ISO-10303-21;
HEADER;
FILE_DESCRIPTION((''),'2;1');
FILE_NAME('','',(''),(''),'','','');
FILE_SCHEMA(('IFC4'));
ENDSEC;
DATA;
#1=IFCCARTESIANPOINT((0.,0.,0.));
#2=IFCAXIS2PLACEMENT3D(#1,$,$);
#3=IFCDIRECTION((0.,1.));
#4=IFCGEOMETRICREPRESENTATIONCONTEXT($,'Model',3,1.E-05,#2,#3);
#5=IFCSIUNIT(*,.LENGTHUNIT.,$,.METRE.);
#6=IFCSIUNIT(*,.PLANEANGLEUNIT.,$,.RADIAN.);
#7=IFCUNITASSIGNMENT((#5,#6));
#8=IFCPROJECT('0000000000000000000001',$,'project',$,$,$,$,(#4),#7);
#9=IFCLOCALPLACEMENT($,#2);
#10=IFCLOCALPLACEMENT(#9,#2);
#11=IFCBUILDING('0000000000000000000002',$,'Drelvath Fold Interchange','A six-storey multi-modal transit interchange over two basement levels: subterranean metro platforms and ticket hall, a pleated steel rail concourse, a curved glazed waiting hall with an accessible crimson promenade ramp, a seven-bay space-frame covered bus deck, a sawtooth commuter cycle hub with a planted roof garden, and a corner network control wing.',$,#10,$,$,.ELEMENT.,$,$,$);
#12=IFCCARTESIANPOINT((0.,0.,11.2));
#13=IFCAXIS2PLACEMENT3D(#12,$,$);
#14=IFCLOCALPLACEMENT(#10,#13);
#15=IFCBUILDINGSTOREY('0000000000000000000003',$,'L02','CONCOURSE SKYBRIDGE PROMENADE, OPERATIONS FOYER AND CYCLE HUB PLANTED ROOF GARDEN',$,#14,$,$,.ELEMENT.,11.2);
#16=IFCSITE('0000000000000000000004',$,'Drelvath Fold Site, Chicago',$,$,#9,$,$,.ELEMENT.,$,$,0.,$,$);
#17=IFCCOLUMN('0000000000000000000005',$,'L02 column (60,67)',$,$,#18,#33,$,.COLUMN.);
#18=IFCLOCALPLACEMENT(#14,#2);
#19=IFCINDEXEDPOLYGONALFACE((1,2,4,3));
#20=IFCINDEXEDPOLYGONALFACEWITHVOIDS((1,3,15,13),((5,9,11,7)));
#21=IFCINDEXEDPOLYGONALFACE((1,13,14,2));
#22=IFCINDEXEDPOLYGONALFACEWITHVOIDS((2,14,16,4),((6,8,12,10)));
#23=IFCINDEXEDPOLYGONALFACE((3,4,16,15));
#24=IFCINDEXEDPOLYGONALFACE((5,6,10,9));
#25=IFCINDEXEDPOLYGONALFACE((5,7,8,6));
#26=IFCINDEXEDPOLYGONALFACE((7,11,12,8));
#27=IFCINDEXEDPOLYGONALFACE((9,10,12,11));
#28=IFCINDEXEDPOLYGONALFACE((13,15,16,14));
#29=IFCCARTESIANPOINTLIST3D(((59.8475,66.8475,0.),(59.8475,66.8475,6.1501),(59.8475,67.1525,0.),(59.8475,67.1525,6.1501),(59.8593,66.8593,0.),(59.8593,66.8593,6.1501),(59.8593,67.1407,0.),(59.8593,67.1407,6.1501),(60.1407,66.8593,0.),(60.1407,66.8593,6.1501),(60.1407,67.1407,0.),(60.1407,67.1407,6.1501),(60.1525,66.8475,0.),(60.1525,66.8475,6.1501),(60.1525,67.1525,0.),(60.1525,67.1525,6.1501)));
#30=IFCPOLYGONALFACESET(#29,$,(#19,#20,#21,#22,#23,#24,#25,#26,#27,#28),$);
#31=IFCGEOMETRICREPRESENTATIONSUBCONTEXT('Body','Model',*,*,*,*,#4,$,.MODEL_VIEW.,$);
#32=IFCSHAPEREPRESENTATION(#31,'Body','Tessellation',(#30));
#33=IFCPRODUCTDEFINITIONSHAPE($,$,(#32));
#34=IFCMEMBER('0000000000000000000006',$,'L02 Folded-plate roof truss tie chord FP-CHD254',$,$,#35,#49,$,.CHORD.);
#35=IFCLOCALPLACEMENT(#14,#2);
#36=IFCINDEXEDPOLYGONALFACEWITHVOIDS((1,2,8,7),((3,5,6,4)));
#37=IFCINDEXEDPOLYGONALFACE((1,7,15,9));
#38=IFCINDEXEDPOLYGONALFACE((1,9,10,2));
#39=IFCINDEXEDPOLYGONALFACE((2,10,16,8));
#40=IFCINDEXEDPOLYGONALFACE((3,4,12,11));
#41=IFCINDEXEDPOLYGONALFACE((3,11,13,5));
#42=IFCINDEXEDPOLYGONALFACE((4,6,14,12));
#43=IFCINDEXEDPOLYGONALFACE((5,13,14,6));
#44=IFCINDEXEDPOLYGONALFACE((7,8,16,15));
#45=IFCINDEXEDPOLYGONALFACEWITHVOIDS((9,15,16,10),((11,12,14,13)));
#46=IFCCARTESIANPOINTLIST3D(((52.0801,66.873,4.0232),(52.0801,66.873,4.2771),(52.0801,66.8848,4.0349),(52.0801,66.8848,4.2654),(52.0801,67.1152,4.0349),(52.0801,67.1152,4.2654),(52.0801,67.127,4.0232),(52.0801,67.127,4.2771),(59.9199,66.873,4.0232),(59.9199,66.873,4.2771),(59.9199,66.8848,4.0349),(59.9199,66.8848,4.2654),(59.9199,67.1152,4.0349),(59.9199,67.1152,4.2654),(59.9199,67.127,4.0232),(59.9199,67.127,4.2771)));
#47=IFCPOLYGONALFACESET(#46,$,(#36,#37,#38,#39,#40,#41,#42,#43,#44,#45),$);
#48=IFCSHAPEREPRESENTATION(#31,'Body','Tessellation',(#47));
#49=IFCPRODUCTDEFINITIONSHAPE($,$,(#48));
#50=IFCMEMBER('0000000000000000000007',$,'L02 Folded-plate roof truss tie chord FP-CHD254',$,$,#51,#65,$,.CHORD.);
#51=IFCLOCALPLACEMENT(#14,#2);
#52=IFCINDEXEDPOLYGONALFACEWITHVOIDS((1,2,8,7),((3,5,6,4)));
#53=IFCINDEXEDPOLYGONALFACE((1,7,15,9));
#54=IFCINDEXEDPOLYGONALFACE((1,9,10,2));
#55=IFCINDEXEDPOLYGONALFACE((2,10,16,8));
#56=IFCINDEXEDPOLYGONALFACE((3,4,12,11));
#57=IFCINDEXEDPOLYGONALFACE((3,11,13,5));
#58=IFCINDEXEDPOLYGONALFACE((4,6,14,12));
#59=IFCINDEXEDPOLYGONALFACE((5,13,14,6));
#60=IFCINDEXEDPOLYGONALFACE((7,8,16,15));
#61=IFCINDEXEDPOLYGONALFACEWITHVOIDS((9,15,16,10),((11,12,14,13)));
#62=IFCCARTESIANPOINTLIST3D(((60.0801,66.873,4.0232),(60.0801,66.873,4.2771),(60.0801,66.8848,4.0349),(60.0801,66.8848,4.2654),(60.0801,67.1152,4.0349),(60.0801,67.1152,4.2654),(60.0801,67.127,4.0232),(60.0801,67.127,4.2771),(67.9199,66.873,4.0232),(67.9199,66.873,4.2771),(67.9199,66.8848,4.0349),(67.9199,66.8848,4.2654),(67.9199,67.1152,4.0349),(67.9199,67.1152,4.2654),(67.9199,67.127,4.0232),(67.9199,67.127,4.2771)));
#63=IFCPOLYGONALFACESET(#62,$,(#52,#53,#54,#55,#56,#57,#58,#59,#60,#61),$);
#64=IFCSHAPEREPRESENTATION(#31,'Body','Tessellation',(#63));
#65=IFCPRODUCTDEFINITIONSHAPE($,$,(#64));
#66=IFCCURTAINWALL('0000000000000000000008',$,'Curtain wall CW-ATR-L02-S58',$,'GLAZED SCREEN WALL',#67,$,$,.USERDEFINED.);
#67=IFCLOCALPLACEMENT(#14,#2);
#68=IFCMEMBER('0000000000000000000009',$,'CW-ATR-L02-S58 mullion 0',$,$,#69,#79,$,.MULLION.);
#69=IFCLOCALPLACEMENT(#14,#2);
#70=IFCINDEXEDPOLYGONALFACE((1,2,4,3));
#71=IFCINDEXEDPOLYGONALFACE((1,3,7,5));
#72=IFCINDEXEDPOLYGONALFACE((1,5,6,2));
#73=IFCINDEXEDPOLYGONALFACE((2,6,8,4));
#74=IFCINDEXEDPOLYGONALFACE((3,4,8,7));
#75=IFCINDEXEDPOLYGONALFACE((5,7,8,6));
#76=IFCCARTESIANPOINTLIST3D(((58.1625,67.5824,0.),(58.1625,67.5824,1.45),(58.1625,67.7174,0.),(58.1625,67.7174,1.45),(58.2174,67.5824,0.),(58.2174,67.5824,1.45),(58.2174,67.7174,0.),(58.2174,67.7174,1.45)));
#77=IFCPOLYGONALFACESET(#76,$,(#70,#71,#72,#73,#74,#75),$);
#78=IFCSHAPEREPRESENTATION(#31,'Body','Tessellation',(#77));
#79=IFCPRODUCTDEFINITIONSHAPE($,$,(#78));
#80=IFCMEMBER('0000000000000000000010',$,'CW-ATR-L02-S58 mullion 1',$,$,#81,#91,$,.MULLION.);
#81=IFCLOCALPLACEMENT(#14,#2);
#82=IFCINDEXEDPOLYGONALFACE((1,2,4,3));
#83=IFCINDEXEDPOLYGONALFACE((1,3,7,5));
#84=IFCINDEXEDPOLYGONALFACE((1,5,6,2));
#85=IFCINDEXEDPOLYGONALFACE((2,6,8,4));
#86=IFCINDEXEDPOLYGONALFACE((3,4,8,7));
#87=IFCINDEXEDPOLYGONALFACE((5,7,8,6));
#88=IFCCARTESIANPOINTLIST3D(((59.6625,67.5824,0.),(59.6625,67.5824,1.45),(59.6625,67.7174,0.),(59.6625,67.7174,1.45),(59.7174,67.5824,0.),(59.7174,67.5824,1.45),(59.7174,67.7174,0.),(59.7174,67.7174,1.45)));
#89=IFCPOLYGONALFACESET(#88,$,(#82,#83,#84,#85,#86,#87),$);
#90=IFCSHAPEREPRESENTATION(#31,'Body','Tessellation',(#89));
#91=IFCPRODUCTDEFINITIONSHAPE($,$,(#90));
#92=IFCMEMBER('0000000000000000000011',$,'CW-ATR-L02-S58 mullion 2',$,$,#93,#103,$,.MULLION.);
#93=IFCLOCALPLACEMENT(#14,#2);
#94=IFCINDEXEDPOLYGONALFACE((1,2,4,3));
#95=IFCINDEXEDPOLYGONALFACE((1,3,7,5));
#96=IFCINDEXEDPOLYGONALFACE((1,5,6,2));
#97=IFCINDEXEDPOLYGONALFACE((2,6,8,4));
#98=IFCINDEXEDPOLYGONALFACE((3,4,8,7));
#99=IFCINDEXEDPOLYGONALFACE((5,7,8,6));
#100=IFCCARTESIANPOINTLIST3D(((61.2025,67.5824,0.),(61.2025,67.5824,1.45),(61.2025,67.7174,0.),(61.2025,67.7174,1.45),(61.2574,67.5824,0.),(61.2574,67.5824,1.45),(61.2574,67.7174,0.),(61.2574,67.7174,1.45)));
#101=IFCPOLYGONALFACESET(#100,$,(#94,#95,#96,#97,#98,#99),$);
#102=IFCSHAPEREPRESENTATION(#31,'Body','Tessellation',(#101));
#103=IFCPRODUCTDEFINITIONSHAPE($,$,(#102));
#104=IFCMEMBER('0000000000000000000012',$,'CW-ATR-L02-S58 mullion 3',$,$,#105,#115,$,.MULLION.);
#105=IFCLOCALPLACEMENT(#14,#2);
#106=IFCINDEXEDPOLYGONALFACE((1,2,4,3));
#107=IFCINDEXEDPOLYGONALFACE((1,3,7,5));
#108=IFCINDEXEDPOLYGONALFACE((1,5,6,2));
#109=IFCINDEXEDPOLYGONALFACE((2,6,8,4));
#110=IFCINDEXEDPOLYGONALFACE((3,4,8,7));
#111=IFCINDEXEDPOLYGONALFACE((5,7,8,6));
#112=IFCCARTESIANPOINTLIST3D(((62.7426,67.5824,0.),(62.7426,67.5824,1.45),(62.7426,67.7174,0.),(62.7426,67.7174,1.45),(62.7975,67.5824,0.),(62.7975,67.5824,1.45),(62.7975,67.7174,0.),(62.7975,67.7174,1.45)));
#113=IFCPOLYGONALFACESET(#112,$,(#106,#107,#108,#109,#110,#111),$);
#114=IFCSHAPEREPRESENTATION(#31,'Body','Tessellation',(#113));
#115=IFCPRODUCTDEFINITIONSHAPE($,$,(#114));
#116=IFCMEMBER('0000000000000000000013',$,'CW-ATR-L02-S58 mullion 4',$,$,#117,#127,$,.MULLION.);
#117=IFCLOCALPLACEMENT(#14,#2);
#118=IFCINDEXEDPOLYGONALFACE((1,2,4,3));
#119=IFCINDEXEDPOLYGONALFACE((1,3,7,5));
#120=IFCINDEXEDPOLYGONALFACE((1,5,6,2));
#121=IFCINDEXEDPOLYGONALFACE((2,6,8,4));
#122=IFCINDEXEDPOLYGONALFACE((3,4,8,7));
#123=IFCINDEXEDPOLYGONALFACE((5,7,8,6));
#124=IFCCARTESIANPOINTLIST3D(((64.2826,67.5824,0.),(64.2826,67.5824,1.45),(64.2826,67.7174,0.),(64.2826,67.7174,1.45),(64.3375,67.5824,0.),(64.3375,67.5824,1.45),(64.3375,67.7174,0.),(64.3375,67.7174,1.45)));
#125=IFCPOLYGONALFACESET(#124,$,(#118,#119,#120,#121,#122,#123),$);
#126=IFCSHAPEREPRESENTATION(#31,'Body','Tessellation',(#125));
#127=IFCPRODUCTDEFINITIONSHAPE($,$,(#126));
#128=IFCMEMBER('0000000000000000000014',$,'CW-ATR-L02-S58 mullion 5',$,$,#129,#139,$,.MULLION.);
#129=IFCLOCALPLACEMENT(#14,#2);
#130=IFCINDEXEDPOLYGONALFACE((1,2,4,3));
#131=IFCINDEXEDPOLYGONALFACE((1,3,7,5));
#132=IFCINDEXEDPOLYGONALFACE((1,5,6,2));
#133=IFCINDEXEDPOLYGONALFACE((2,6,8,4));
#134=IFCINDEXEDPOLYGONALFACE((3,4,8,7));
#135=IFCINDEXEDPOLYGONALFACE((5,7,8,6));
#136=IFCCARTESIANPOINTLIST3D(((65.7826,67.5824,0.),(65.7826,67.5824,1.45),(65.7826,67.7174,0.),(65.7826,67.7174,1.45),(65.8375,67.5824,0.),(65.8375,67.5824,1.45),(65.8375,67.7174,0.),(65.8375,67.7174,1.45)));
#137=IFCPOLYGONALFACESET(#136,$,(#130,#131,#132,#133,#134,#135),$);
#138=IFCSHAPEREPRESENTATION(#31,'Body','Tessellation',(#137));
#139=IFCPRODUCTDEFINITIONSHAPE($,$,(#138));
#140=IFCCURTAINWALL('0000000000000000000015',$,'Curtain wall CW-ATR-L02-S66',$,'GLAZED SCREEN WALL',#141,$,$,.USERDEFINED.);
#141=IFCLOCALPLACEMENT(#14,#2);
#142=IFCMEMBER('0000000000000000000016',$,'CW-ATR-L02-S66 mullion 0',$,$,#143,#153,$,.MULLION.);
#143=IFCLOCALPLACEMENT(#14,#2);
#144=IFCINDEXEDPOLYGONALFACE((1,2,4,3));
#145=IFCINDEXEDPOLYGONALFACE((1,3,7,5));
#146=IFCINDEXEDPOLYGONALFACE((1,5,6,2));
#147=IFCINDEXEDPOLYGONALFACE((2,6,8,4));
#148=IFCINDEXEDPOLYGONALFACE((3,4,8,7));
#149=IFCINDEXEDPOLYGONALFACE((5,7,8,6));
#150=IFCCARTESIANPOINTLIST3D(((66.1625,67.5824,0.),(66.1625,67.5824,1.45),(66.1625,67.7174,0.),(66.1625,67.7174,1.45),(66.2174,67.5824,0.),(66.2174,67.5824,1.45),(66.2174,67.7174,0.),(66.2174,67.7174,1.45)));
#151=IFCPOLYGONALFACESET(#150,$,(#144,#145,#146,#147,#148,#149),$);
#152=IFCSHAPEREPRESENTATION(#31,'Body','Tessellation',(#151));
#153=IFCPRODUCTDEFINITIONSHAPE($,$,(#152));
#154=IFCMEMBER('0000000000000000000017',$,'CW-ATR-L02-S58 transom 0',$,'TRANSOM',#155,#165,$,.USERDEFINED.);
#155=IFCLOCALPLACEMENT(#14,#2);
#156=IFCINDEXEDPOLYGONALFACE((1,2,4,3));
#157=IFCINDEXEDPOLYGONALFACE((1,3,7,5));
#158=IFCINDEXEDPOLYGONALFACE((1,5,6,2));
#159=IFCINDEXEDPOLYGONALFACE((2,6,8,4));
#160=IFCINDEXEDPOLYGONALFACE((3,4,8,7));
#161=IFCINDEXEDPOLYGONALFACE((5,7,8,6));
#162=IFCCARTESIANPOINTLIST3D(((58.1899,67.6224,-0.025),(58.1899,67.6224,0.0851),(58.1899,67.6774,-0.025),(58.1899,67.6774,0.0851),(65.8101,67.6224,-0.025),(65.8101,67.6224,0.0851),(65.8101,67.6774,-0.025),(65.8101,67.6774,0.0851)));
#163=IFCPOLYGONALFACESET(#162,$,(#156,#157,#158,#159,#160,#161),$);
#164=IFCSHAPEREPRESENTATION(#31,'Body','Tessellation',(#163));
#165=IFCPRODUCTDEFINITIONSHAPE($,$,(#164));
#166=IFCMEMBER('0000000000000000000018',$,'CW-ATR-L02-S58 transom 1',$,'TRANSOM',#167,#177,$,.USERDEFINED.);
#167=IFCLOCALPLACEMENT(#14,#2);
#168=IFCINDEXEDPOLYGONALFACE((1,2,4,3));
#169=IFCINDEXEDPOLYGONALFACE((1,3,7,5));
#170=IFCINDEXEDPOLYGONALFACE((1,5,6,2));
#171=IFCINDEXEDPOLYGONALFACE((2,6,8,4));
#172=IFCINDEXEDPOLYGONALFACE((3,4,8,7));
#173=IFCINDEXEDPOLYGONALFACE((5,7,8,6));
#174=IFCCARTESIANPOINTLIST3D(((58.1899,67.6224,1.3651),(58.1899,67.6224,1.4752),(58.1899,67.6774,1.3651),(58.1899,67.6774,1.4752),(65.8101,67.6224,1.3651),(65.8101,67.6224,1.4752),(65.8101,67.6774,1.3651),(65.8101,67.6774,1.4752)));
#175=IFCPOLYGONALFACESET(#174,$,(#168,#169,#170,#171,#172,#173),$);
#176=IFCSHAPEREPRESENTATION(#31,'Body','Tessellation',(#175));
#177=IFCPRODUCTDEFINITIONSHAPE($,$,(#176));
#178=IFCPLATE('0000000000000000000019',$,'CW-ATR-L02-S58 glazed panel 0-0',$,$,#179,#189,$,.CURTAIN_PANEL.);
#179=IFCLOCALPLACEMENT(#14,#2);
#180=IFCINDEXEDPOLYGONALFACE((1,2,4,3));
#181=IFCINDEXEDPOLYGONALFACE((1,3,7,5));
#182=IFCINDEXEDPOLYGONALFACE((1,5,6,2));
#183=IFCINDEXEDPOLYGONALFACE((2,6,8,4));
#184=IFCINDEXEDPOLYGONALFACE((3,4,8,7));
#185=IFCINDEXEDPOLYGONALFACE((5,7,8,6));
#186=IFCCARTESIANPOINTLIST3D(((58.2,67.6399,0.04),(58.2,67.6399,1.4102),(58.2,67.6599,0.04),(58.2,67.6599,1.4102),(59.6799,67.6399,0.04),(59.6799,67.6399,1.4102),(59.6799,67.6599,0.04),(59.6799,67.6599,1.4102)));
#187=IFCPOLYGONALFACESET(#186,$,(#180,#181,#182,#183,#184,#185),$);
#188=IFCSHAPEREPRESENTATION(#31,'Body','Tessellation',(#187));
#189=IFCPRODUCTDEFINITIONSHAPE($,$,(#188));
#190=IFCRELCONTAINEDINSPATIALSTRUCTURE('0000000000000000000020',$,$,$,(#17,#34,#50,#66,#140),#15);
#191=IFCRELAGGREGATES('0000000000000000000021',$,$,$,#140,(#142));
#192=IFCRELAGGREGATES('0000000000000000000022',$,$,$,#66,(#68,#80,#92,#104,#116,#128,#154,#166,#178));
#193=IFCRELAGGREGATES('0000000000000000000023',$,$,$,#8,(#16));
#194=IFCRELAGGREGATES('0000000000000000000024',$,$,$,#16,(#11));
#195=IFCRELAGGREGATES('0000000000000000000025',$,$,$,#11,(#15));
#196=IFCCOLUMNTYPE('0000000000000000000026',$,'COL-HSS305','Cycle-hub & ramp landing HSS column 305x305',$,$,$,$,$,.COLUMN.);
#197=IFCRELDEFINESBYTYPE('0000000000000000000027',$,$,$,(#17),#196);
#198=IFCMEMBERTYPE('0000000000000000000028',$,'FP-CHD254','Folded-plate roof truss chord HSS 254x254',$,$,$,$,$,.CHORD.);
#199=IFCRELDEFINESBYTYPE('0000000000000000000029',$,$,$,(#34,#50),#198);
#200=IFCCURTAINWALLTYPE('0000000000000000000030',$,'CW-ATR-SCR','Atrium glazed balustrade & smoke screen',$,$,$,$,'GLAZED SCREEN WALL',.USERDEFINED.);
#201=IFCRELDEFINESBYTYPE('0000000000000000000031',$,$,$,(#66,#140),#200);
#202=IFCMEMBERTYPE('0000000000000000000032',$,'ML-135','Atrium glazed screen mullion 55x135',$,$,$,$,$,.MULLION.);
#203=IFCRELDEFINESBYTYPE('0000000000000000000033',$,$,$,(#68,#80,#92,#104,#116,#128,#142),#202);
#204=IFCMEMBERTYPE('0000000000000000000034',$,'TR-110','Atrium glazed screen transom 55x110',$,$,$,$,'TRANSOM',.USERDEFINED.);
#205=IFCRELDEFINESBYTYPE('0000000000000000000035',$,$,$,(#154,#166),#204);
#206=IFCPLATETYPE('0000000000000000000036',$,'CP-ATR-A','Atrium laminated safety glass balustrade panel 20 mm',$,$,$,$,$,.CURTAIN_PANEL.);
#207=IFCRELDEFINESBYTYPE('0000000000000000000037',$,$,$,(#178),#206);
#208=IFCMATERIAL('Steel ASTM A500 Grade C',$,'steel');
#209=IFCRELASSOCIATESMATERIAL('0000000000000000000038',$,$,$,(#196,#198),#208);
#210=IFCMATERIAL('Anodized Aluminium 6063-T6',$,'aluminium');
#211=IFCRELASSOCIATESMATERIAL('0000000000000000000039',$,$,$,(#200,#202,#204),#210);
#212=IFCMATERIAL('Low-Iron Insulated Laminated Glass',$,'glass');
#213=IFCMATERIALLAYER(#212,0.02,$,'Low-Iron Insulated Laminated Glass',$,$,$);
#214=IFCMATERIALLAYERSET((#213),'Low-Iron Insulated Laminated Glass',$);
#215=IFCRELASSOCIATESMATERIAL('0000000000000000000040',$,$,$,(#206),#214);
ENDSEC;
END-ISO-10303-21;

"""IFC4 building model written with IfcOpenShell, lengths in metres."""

from ifc_helpers import new_model, si_unit, direction, frame, origin, origin_2d, place, context, subcontext, project, spatial, rectangle, hollow_rectangle, extrude, material, layer, layer_set, material_profile, profile_set, type_object, element, aggregate, save


model = new_model("IFC4")

# Units and contexts
model_context = context("Model", 3, precision=1e-05, world=origin(), true_north=direction((0.0, 1.0)))
body_context = subcontext(model_context, "Body", "Model", "MODEL_VIEW")
ifc_project = project(units=[si_unit("LENGTHUNIT", "METRE"), si_unit("PLANEANGLEUNIT", "RADIAN")], contexts=[model_context])

# Site, building, storey
site_placement = place(None, origin())
site = spatial("IfcSite", under=ifc_project, at=site_placement, Name="Drelvath Fold Site, Chicago", CompositionType="ELEMENT", RefElevation=0.0)
building_placement = place(site_placement, origin())
building = spatial("IfcBuilding", under=site, at=building_placement, Name="Drelvath Fold Interchange", Description="A six-storey multi-modal transit interchange over two basement levels: subterranean metro platforms and ticket hall, a pleated steel rail concourse, a curved glazed waiting hall with an accessible crimson promenade ramp, a seven-bay space-frame covered bus deck, a sawtooth commuter cycle hub with a planted roof garden, and a corner network control wing.", CompositionType="ELEMENT")
storey_placement = place(building_placement, frame((0.0, 0.0, 11.2)))
storey = spatial("IfcBuildingStorey", under=building, at=storey_placement, Name="L02", Description="CONCOURSE SKYBRIDGE PROMENADE, OPERATIONS FOYER AND CYCLE HUB PLANTED ROOF GARDEN", CompositionType="ELEMENT", Elevation=11.2)

# Column
ifc_material_1 = material(Name="Steel ASTM A500 Grade C", Category="steel")
ifc_material_profile_1 = material_profile(ifc_material_1, hollow_rectangle(XDim=0.3049, YDim=0.3049, WallThickness=0.0117, at=origin_2d()), Name="HSS12X12X1/2")
ifc_profile_set_1 = profile_set([ifc_material_profile_1], Name="Steel ASTM A500 Grade C")
column_type = type_object("IfcColumnType", Name="COL-HSS305", Description="Cycle-hub & ramp landing HSS column 305x305", PredefinedType="COLUMN", material=ifc_profile_set_1)
column_placement = place(storey_placement, frame((60.0, 67.0, 0.0), z_axis=(0.0, 0.0, 1.0), x_axis=(1.0, 0.0, 0.0)))
element("IfcColumn", 1, at=column_placement, inside=storey, type_object=column_type, Name="L02 column (60,67)", PredefinedType="COLUMN", context=body_context, shape_type="SweptSolid", body=[
    extrude(hollow_rectangle(XDim=0.3049, YDim=0.3049, WallThickness=0.0117, at=origin_2d()), origin(), (0.0, 0.0, 1.0), 6.1501),
])

# Members
ifc_material_profile_2 = material_profile(ifc_material_1, hollow_rectangle(XDim=0.2539, YDim=0.2539, WallThickness=0.0117, at=origin_2d()), Name="HSS10X10X1/2")
ifc_profile_set_2 = profile_set([ifc_material_profile_2], Name="Steel ASTM A500 Grade C")
member_type_1 = type_object("IfcMemberType", Name="FP-CHD254", Description="Folded-plate roof truss chord HSS 254x254", PredefinedType="CHORD", material=ifc_profile_set_2)
for number, where, z_axis, x_axis, name in (
    (2, (52.0801, 67.0, 4.1501), (1.0, 0.0, 0.0), (0.0, 1.0, 0.0), "L02 Folded-plate roof truss tie chord FP-CHD254"),
    (3, (60.0801, 67.0, 4.1501), (1.0, 0.0, 0.0), (0.0, 1.0, 0.0), "L02 Folded-plate roof truss tie chord FP-CHD254"),
):
    element("IfcMember", number, at=place(storey_placement, frame(where, z_axis=z_axis, x_axis=x_axis)), inside=storey, type_object=member_type_1, Name=name, PredefinedType="CHORD", context=body_context, shape_type="SweptSolid", body=[
        extrude(hollow_rectangle(XDim=0.2539, YDim=0.2539, WallThickness=0.0117, at=origin_2d()), origin(), (0.0, 0.0, 1.0), 7.8398),
    ])

# Curtain wall, members
ifc_material_2 = material(Name="Anodized Aluminium 6063-T6", Category="aluminium")
curtain_wall_type = type_object("IfcCurtainWallType", Name="CW-ATR-SCR", Description="Atrium glazed balustrade & smoke screen", ElementType="GLAZED SCREEN WALL", PredefinedType="USERDEFINED", material=ifc_material_2)
curtain_wall_1_placement = place(storey_placement, origin())
curtain_wall_1 = element("IfcCurtainWall", 4, at=curtain_wall_1_placement, inside=storey, type_object=curtain_wall_type, Name="Curtain wall CW-ATR-L02-S58", ObjectType="GLAZED SCREEN WALL", PredefinedType="USERDEFINED")
ifc_material_profile_3 = material_profile(ifc_material_2, rectangle(XDim=0.0549, YDim=0.135, at=origin_2d()), Name="AL-M 55x135")
ifc_profile_set_3 = profile_set([ifc_material_profile_3], Name="Anodized Aluminium 6063-T6")
member_type_2 = type_object("IfcMemberType", Name="ML-135", Description="Atrium glazed screen mullion 55x135", PredefinedType="MULLION", material=ifc_profile_set_3)
member_1_placement = place(storey_placement, frame((58.1899, 67.6499, 0.0), z_axis=(0.0, 0.0, 1.0), x_axis=(1.0, 0.0, 0.0)))
member_1 = element("IfcMember", 5, at=member_1_placement, type_object=member_type_2, Name="CW-ATR-L02-S58 mullion 0", PredefinedType="MULLION", context=body_context, shape_type="SweptSolid", body=[
    extrude(rectangle(XDim=0.0549, YDim=0.135, at=origin_2d()), origin(), (0.0, 0.0, 1.0), 1.45),
])
member_2_placement = place(storey_placement, frame((59.6899, 67.6499, 0.0), z_axis=(0.0, 0.0, 1.0), x_axis=(1.0, 0.0, 0.0)))
member_2 = element("IfcMember", 6, at=member_2_placement, type_object=member_type_2, Name="CW-ATR-L02-S58 mullion 1", PredefinedType="MULLION", context=body_context, shape_type="SweptSolid", body=[
    extrude(rectangle(XDim=0.0549, YDim=0.135, at=origin_2d()), origin(), (0.0, 0.0, 1.0), 1.45),
])
member_3_placement = place(storey_placement, frame((61.23, 67.6499, 0.0), z_axis=(0.0, 0.0, 1.0), x_axis=(1.0, 0.0, 0.0)))
member_3 = element("IfcMember", 7, at=member_3_placement, type_object=member_type_2, Name="CW-ATR-L02-S58 mullion 2", PredefinedType="MULLION", context=body_context, shape_type="SweptSolid", body=[
    extrude(rectangle(XDim=0.0549, YDim=0.135, at=origin_2d()), origin(), (0.0, 0.0, 1.0), 1.45),
])
member_4_placement = place(storey_placement, frame((62.77, 67.6499, 0.0), z_axis=(0.0, 0.0, 1.0), x_axis=(1.0, 0.0, 0.0)))
member_4 = element("IfcMember", 8, at=member_4_placement, type_object=member_type_2, Name="CW-ATR-L02-S58 mullion 3", PredefinedType="MULLION", context=body_context, shape_type="SweptSolid", body=[
    extrude(rectangle(XDim=0.0549, YDim=0.135, at=origin_2d()), origin(), (0.0, 0.0, 1.0), 1.45),
])
member_5_placement = place(storey_placement, frame((64.3101, 67.6499, 0.0), z_axis=(0.0, 0.0, 1.0), x_axis=(1.0, 0.0, 0.0)))
member_5 = element("IfcMember", 9, at=member_5_placement, type_object=member_type_2, Name="CW-ATR-L02-S58 mullion 4", PredefinedType="MULLION", context=body_context, shape_type="SweptSolid", body=[
    extrude(rectangle(XDim=0.0549, YDim=0.135, at=origin_2d()), origin(), (0.0, 0.0, 1.0), 1.45),
])
member_6_placement = place(storey_placement, frame((65.8101, 67.6499, 0.0), z_axis=(0.0, 0.0, 1.0), x_axis=(1.0, 0.0, 0.0)))
member_6 = element("IfcMember", 10, at=member_6_placement, type_object=member_type_2, Name="CW-ATR-L02-S58 mullion 5", PredefinedType="MULLION", context=body_context, shape_type="SweptSolid", body=[
    extrude(rectangle(XDim=0.0549, YDim=0.135, at=origin_2d()), origin(), (0.0, 0.0, 1.0), 1.45),
])

# Curtain wall, member
curtain_wall_2_placement = place(storey_placement, origin())
curtain_wall_2 = element("IfcCurtainWall", 11, at=curtain_wall_2_placement, inside=storey, type_object=curtain_wall_type, Name="Curtain wall CW-ATR-L02-S66", ObjectType="GLAZED SCREEN WALL", PredefinedType="USERDEFINED")
member_7_placement = place(storey_placement, frame((66.1899, 67.6499, 0.0), z_axis=(0.0, 0.0, 1.0), x_axis=(1.0, 0.0, 0.0)))
member_7 = element("IfcMember", 12, at=member_7_placement, type_object=member_type_2, Name="CW-ATR-L02-S66 mullion 0", PredefinedType="MULLION", context=body_context, shape_type="SweptSolid", body=[
    extrude(rectangle(XDim=0.0549, YDim=0.135, at=origin_2d()), origin(), (0.0, 0.0, 1.0), 1.45),
])
aggregate(curtain_wall_2, [member_7])

# Members
ifc_material_profile_4 = material_profile(ifc_material_2, rectangle(XDim=0.0549, YDim=0.1101, at=origin_2d()), Name="AL-T 55x110")
ifc_profile_set_4 = profile_set([ifc_material_profile_4], Name="Anodized Aluminium 6063-T6")
member_type_3 = type_object("IfcMemberType", Name="TR-110", Description="Atrium glazed screen transom 55x110", ElementType="TRANSOM", PredefinedType="USERDEFINED", material=ifc_profile_set_4)
member_8_placement = place(storey_placement, frame((58.1899, 67.6499, 0.03), z_axis=(1.0, 0.0, 0.0), x_axis=(0.0, 1.0, 0.0)))
member_8 = element("IfcMember", 13, at=member_8_placement, type_object=member_type_3, Name="CW-ATR-L02-S58 transom 0", ObjectType="TRANSOM", PredefinedType="USERDEFINED", context=body_context, shape_type="SweptSolid", body=[
    extrude(rectangle(XDim=0.0549, YDim=0.1101, at=origin_2d()), origin(), (0.0, 0.0, 1.0), 7.6201),
])
member_9_placement = place(storey_placement, frame((58.1899, 67.6499, 1.4202), z_axis=(1.0, 0.0, 0.0), x_axis=(0.0, 1.0, 0.0)))
member_9 = element("IfcMember", 14, at=member_9_placement, type_object=member_type_3, Name="CW-ATR-L02-S58 transom 1", ObjectType="TRANSOM", PredefinedType="USERDEFINED", context=body_context, shape_type="SweptSolid", body=[
    extrude(rectangle(XDim=0.0549, YDim=0.1101, at=origin_2d()), origin(), (0.0, 0.0, 1.0), 7.6201),
])

# Plate
ifc_material_3 = material(Name="Low-Iron Insulated Laminated Glass", Category="glass")
ifc_layer_1 = layer(ifc_material_3, 0.02, Name="Low-Iron Insulated Laminated Glass")
ifc_layer_set_1 = layer_set([ifc_layer_1], Name="Low-Iron Insulated Laminated Glass")
plate_type = type_object("IfcPlateType", Name="CP-ATR-A", Description="Atrium laminated safety glass balustrade panel 20 mm", PredefinedType="CURTAIN_PANEL", material=ifc_layer_set_1)
plate_1_placement = place(storey_placement, frame((58.9399, 67.6499, 0.04), z_axis=(0.0, 0.0, 1.0), x_axis=(1.0, 0.0, 0.0)))
plate_1 = element("IfcPlate", 15, at=plate_1_placement, type_object=plate_type, Name="CW-ATR-L02-S58 glazed panel 0-0", PredefinedType="CURTAIN_PANEL", context=body_context, shape_type="SweptSolid", body=[
    extrude(rectangle(XDim=1.48, YDim=0.02, at=origin_2d()), origin(), (0.0, 0.0, 1.0), 1.3701),
])
aggregate(curtain_wall_1, [member_1, member_2, member_3, member_4, member_5, member_6, member_8, member_9, plate_1])

save(model, "model.ifc")
